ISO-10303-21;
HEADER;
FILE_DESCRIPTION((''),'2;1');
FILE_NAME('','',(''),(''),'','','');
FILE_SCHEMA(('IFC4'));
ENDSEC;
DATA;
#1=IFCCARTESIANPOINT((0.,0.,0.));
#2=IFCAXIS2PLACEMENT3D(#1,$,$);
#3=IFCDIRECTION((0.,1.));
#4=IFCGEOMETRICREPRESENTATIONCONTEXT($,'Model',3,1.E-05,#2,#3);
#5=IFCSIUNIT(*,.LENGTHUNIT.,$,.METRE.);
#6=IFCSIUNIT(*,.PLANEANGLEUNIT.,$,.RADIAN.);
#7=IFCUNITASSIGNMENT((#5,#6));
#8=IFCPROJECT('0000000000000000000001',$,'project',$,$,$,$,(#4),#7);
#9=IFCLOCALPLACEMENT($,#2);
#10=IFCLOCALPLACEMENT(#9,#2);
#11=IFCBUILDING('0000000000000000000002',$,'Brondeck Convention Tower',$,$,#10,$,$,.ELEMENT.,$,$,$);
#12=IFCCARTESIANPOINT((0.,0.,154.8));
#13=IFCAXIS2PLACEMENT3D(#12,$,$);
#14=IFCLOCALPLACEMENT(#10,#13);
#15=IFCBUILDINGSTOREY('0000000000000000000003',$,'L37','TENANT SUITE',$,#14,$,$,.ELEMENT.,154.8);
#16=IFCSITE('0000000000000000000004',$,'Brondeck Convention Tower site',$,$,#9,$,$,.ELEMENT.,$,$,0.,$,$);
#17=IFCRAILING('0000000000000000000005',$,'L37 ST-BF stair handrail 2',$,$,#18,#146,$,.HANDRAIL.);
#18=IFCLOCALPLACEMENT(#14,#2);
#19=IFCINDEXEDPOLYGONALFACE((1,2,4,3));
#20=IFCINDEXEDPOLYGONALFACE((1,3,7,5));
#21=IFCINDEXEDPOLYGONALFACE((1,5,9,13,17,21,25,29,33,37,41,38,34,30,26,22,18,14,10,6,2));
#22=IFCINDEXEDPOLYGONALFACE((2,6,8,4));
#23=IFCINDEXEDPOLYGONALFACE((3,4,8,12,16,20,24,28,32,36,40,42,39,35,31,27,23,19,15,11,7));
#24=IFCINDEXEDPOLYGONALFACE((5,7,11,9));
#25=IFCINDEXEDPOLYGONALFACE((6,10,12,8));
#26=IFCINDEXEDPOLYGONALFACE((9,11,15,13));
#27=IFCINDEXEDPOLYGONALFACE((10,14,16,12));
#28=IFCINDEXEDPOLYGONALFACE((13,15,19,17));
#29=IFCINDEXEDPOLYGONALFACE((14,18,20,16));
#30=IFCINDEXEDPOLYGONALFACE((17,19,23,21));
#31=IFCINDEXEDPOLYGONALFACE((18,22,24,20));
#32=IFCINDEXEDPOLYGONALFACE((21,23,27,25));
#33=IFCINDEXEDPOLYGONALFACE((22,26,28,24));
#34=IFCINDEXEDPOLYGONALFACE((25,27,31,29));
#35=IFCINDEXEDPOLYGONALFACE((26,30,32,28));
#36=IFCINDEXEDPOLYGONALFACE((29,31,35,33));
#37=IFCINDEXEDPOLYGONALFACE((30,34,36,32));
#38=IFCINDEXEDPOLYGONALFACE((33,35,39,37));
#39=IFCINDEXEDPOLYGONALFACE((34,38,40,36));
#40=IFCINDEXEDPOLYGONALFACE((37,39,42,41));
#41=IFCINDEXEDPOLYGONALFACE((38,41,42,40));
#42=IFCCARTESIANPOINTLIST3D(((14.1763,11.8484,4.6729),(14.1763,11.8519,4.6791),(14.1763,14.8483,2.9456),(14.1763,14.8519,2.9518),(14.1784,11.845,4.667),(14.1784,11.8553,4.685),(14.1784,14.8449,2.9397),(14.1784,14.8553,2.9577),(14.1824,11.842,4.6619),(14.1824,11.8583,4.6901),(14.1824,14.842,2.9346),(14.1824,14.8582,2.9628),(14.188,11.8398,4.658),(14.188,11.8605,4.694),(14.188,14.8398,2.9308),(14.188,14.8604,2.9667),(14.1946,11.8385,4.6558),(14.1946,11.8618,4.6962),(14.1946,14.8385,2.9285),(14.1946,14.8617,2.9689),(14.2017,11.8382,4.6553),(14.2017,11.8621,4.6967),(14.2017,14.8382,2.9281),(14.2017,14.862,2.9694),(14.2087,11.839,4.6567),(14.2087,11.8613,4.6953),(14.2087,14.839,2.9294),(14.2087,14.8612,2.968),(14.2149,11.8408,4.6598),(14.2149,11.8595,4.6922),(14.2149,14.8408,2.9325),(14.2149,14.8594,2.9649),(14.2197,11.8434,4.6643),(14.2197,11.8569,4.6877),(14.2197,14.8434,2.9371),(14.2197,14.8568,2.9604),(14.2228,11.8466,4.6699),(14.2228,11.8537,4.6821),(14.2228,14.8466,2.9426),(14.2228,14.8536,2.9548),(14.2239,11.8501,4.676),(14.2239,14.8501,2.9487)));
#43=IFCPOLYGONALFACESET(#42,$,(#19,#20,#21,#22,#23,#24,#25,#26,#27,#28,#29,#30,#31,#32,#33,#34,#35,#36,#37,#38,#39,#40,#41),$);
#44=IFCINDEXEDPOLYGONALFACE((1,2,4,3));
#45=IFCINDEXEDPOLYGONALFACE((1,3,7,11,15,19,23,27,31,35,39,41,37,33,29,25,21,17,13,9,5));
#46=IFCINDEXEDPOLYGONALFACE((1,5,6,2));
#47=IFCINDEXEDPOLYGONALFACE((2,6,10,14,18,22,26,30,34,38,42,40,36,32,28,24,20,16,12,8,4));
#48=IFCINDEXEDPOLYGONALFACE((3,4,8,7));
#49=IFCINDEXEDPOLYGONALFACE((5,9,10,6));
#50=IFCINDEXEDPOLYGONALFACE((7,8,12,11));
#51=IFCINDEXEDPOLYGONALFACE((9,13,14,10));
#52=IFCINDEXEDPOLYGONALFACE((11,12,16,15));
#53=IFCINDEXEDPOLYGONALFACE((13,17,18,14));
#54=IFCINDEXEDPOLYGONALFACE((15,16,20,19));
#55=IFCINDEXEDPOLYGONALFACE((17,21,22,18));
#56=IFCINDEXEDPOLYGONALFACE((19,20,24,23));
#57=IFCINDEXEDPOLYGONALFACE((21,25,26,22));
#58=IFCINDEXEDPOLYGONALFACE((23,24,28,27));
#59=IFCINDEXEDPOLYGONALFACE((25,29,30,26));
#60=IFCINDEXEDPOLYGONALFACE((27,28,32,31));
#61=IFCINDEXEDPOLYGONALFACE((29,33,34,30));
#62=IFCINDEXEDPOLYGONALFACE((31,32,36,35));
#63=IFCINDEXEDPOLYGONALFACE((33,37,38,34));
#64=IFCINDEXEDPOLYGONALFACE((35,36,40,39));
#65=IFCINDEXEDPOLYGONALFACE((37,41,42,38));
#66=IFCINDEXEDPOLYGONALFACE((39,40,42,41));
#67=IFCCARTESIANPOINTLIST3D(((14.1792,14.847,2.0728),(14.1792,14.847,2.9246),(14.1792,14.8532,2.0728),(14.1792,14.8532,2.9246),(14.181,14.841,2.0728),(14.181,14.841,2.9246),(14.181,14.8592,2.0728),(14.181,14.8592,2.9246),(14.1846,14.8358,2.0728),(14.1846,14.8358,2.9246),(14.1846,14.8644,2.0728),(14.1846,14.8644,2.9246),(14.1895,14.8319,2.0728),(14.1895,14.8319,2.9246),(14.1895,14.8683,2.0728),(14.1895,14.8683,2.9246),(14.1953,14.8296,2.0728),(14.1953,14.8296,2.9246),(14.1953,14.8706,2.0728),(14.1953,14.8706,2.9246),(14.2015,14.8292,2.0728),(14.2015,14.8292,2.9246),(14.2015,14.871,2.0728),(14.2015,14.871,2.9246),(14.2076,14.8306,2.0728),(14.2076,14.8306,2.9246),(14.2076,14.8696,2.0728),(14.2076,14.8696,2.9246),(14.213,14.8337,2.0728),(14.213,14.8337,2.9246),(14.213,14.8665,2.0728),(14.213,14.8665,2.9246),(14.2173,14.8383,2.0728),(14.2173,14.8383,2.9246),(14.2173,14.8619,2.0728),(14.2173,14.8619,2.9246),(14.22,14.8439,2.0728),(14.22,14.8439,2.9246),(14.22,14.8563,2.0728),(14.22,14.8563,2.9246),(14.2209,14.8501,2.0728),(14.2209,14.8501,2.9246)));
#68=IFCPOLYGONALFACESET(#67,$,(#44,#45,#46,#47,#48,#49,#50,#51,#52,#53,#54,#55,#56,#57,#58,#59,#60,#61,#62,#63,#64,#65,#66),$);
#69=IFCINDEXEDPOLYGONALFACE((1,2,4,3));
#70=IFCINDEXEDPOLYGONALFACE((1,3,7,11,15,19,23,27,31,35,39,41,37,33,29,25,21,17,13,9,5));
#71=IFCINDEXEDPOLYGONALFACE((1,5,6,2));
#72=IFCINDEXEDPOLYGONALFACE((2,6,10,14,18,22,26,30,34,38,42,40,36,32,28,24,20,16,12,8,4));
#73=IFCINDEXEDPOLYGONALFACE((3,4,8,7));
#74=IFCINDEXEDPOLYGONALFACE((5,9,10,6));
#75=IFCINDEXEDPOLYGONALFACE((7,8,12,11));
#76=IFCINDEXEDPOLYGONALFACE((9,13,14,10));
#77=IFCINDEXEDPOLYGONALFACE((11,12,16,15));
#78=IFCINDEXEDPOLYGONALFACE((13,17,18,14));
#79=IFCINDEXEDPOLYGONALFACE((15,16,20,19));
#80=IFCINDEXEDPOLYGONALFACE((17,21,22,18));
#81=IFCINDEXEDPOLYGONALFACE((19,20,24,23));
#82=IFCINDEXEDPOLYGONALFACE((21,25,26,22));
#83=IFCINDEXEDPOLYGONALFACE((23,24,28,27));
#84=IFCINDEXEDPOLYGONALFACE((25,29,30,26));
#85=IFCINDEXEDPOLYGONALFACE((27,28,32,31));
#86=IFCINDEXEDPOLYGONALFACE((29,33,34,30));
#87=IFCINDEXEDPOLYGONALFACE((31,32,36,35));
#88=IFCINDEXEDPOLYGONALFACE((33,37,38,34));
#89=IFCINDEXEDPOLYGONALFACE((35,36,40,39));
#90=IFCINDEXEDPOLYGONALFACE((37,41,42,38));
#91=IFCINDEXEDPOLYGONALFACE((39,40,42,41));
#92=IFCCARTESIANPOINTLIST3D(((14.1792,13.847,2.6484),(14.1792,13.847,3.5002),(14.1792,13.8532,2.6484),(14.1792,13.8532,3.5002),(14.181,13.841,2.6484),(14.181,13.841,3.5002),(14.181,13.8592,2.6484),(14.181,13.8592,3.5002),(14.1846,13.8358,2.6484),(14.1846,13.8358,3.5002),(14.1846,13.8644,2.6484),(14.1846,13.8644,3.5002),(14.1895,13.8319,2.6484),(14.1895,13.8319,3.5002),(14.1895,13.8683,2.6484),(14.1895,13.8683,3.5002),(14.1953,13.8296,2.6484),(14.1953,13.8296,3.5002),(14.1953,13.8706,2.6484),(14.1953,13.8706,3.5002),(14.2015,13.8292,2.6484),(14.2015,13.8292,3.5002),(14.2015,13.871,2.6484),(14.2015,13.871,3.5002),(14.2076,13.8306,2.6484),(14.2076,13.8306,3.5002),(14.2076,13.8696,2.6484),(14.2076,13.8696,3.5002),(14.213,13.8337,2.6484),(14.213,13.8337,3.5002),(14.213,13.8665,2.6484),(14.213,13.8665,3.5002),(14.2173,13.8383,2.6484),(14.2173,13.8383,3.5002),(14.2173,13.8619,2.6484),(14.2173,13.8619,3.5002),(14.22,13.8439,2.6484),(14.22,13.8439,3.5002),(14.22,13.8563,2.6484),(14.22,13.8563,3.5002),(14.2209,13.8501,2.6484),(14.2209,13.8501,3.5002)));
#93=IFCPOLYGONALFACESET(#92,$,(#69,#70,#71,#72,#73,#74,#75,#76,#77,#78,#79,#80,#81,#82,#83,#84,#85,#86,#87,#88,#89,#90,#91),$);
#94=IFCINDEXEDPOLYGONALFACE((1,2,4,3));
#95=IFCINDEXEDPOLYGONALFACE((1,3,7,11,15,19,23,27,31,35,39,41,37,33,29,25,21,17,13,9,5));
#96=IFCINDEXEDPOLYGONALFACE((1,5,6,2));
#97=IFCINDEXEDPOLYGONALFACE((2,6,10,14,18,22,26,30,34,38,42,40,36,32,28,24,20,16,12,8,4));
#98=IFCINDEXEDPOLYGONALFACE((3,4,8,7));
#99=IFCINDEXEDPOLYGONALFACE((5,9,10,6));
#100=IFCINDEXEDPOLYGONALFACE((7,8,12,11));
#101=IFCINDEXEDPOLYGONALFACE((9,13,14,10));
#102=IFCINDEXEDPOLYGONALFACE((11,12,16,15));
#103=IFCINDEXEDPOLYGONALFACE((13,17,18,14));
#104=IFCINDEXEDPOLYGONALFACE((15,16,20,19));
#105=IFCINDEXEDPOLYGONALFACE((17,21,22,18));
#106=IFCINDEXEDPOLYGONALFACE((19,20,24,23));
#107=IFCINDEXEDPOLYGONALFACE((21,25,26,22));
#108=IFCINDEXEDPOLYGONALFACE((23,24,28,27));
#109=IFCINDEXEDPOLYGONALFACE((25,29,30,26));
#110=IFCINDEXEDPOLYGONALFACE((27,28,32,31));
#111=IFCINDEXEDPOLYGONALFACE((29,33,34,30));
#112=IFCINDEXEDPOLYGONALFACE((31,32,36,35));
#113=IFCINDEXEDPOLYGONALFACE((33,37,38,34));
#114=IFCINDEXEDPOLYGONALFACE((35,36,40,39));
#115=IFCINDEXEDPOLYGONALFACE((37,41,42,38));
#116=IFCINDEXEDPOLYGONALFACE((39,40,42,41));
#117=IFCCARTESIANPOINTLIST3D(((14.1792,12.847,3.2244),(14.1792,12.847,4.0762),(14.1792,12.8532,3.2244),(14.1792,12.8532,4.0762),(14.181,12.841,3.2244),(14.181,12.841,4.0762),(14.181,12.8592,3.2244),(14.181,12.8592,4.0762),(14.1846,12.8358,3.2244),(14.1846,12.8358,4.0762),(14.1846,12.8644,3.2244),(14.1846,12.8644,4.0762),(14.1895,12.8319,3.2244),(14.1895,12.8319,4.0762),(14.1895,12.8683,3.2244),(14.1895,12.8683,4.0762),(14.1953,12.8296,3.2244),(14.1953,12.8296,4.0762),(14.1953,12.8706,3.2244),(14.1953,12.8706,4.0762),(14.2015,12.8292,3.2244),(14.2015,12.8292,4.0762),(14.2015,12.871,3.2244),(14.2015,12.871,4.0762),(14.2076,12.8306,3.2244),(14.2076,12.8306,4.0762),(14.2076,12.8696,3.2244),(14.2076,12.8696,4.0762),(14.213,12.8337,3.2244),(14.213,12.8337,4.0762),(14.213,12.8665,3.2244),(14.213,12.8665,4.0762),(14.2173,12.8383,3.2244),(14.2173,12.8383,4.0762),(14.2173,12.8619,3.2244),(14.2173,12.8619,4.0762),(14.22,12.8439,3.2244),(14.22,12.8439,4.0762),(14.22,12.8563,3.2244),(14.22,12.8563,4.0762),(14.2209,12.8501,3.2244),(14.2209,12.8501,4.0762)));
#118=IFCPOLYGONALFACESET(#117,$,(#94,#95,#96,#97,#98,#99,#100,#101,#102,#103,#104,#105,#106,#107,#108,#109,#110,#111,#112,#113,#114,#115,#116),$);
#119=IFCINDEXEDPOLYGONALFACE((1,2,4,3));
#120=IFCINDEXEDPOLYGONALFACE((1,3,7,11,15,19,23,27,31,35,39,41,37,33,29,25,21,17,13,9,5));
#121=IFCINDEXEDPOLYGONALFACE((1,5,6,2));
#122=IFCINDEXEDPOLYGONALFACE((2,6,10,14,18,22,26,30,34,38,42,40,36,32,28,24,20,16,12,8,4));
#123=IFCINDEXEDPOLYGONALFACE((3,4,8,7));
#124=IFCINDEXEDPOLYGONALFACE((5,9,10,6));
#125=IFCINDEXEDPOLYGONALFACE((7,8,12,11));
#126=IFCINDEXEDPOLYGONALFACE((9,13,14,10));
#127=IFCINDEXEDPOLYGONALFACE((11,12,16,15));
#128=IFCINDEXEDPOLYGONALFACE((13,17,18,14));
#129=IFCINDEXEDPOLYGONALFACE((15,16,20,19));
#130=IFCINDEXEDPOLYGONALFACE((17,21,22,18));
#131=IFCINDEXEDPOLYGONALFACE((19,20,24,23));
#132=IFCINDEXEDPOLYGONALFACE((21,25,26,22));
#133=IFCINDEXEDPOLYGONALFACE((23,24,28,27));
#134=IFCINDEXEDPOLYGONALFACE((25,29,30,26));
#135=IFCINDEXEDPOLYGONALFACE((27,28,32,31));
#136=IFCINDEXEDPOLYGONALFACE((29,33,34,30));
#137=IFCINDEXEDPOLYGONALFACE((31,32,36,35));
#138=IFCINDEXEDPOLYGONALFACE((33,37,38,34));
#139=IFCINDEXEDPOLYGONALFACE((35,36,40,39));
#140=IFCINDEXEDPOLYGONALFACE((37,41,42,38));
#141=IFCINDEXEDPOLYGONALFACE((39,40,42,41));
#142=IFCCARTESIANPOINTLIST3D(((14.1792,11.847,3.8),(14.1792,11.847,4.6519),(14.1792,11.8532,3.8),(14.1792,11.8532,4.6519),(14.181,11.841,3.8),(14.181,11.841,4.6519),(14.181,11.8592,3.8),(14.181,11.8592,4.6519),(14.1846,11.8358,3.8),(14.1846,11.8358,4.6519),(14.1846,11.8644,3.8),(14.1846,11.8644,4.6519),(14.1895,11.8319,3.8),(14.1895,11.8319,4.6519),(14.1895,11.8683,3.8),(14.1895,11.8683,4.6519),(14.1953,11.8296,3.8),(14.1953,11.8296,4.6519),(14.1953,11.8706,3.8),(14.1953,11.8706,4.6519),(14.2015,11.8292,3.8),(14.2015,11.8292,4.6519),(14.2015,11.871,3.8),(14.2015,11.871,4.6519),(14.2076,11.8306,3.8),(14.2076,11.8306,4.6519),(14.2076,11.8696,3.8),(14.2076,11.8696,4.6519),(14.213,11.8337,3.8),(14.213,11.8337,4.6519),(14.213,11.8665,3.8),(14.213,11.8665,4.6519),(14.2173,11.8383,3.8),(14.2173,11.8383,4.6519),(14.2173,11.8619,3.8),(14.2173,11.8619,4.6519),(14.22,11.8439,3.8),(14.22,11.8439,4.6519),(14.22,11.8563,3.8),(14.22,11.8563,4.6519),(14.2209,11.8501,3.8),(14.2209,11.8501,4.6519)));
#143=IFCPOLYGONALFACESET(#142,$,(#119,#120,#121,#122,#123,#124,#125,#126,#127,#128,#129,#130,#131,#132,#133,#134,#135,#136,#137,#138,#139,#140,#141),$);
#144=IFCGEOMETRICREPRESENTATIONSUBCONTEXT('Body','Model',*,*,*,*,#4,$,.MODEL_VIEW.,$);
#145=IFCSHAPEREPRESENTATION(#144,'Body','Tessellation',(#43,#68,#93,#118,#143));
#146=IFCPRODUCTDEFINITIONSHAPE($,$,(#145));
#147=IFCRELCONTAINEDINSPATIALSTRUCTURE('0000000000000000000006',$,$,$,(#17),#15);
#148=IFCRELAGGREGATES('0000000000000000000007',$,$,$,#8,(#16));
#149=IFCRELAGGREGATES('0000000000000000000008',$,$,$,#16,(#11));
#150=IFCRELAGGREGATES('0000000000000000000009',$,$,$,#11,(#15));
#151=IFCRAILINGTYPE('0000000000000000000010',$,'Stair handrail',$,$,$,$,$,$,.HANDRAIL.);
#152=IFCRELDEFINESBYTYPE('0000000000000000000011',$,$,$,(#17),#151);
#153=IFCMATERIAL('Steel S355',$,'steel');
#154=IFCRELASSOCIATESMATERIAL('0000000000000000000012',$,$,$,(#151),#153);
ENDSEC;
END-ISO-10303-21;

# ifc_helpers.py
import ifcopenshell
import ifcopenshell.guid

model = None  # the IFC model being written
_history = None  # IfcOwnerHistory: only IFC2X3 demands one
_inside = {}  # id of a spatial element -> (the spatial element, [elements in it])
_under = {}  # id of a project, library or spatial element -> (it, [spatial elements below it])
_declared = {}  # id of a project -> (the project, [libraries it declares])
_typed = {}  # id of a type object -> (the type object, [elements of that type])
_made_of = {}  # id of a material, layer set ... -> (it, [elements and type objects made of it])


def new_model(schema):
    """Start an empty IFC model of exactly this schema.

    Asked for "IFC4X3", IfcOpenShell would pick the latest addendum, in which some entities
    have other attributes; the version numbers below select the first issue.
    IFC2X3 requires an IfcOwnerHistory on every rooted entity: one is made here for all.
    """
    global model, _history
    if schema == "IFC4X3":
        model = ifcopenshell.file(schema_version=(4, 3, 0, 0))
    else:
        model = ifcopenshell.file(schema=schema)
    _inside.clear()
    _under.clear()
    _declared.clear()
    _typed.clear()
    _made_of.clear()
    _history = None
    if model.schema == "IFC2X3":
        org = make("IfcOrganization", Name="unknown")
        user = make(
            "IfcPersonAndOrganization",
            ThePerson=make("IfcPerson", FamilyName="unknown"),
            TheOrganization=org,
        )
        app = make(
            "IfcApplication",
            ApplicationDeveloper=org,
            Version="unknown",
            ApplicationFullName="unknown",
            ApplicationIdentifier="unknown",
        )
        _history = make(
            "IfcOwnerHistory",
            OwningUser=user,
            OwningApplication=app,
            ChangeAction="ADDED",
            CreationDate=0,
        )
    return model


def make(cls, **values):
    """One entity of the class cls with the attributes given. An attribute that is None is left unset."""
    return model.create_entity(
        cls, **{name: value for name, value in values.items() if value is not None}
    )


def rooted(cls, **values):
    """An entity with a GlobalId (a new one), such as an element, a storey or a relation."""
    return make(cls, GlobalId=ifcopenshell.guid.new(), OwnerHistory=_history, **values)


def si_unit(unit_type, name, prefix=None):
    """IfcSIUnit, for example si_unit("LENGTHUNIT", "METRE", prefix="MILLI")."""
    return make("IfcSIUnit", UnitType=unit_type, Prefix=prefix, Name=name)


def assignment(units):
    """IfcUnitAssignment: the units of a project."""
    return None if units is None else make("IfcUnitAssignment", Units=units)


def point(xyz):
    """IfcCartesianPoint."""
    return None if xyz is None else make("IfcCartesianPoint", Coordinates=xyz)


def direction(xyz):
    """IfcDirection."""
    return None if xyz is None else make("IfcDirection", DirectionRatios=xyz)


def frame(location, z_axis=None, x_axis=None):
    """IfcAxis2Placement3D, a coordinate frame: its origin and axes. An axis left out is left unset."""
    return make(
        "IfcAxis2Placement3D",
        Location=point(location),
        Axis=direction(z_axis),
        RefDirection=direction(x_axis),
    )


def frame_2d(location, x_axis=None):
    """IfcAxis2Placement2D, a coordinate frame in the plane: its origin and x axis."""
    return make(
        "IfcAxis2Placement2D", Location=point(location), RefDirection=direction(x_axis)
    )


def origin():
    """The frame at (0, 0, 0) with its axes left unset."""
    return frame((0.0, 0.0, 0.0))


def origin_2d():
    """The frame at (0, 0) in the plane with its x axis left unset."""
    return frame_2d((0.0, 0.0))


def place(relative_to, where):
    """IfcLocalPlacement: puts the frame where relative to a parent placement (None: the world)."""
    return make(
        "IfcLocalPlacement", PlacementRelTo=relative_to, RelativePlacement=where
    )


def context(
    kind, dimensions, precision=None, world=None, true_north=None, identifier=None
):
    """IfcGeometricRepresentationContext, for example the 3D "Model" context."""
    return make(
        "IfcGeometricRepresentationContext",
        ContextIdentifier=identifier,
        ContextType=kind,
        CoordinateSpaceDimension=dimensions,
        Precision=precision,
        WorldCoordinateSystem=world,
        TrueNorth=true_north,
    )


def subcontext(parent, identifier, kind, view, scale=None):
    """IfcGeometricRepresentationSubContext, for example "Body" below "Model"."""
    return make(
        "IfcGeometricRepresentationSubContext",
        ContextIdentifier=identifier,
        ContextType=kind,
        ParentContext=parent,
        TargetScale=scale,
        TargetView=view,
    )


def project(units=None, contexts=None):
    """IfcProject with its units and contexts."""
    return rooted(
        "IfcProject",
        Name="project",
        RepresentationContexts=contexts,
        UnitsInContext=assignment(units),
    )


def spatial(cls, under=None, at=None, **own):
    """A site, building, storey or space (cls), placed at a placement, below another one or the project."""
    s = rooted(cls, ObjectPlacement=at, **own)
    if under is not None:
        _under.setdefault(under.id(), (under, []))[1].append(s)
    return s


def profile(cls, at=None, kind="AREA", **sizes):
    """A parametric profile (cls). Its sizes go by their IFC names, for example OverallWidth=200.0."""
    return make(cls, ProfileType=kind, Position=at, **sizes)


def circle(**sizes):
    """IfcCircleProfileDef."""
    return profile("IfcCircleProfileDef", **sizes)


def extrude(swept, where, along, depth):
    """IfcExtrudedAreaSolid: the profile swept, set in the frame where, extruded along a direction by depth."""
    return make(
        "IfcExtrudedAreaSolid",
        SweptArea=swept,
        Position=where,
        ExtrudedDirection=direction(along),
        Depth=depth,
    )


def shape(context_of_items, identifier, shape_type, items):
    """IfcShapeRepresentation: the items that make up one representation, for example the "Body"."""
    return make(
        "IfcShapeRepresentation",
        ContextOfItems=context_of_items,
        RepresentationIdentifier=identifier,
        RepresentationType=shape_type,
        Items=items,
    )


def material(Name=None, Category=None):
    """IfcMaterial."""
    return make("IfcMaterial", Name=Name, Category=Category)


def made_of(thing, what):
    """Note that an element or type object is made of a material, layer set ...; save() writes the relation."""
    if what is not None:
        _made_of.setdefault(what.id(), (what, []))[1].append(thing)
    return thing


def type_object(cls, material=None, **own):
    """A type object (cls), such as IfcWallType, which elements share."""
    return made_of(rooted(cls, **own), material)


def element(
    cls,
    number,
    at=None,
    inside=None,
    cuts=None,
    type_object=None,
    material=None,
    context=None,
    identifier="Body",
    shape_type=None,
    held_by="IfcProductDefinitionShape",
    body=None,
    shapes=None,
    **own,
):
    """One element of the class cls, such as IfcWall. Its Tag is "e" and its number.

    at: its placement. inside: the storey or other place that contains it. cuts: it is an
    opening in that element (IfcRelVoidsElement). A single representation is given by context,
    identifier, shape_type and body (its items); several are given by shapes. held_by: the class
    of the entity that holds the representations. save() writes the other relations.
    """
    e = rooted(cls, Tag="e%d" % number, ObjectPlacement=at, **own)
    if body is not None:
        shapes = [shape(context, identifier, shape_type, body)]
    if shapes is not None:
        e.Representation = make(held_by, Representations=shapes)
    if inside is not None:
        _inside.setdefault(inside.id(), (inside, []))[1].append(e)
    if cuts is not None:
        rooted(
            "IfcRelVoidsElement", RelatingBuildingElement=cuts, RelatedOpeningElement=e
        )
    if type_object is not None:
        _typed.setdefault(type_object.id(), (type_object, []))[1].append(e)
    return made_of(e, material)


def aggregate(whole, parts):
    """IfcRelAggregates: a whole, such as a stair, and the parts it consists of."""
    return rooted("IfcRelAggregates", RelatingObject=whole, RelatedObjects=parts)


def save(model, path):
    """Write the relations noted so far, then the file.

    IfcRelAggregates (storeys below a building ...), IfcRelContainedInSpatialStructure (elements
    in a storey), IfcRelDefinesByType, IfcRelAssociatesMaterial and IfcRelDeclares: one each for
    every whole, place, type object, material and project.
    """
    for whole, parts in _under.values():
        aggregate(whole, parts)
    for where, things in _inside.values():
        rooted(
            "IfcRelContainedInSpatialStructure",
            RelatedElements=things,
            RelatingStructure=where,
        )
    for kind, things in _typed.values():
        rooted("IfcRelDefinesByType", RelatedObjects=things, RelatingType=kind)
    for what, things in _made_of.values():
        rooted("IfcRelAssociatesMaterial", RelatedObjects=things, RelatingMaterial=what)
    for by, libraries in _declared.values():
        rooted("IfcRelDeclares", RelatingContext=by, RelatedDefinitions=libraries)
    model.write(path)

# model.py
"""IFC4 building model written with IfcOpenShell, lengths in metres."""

from ifc_helpers import new_model, si_unit, direction, frame, origin, origin_2d, place, context, subcontext, project, spatial, circle, extrude, material, type_object, element, save


model = new_model("IFC4")

# Units and contexts
model_context = context("Model", 3, precision=1e-05, world=origin(), true_north=direction((0.0, 1.0)))
body_context = subcontext(model_context, "Body", "Model", "MODEL_VIEW")
ifc_project = project(units=[si_unit("LENGTHUNIT", "METRE"), si_unit("PLANEANGLEUNIT", "RADIAN")], contexts=[model_context])

# Site, building, storey
site_placement = place(None, origin())
site = spatial("IfcSite", under=ifc_project, at=site_placement, Name="Brondeck Convention Tower site", CompositionType="ELEMENT", RefElevation=0.0)
building_placement = place(site_placement, origin())
building = spatial("IfcBuilding", under=site, at=building_placement, Name="Brondeck Convention Tower", CompositionType="ELEMENT")
storey_placement = place(building_placement, frame((0.0, 0.0, 154.8)))
storey = spatial("IfcBuildingStorey", under=building, at=storey_placement, Name="L37", Description="TENANT SUITE", CompositionType="ELEMENT", Elevation=154.8)

# Shared definitions
ifc_material_1 = material(Name="Steel S355", Category="steel")

# Railing
railing_type_1 = type_object("IfcRailingType", Name="Stair handrail", PredefinedType="HANDRAIL", material=ifc_material_1)
railing_1_placement = place(storey_placement, frame((14.2, 14.8501, 2.0728)))
element("IfcRailing", 1, at=railing_1_placement, inside=storey, type_object=railing_type_1, Name="L37 ST-BF stair handrail 2", PredefinedType="HANDRAIL", context=body_context, shape_type="SweptSolid", body=[
    extrude(circle(Radius=0.0239, at=origin_2d()), frame((0.0, 0.0, 0.876), z_axis=(0.0, -0.86662, 0.498969), x_axis=(1.0, 0.0, 0.0)), (0.0, 0.0, 1.0), 3.4617),
    extrude(circle(Radius=0.021, at=origin_2d()), origin(), (0.0, 0.0, 1.0), 0.8518),
    extrude(circle(Radius=0.021, at=origin_2d()), frame((0.0, -1.0, 0.5757)), (0.0, 0.0, 1.0), 0.8518),
    extrude(circle(Radius=0.021, at=origin_2d()), frame((0.0, -2.0, 1.1516)), (0.0, 0.0, 1.0), 0.8518),
    extrude(circle(Radius=0.021, at=origin_2d()), frame((0.0, -3.0, 1.7273)), (0.0, 0.0, 1.0), 0.8518),
])

save(model, "model.ifc")
